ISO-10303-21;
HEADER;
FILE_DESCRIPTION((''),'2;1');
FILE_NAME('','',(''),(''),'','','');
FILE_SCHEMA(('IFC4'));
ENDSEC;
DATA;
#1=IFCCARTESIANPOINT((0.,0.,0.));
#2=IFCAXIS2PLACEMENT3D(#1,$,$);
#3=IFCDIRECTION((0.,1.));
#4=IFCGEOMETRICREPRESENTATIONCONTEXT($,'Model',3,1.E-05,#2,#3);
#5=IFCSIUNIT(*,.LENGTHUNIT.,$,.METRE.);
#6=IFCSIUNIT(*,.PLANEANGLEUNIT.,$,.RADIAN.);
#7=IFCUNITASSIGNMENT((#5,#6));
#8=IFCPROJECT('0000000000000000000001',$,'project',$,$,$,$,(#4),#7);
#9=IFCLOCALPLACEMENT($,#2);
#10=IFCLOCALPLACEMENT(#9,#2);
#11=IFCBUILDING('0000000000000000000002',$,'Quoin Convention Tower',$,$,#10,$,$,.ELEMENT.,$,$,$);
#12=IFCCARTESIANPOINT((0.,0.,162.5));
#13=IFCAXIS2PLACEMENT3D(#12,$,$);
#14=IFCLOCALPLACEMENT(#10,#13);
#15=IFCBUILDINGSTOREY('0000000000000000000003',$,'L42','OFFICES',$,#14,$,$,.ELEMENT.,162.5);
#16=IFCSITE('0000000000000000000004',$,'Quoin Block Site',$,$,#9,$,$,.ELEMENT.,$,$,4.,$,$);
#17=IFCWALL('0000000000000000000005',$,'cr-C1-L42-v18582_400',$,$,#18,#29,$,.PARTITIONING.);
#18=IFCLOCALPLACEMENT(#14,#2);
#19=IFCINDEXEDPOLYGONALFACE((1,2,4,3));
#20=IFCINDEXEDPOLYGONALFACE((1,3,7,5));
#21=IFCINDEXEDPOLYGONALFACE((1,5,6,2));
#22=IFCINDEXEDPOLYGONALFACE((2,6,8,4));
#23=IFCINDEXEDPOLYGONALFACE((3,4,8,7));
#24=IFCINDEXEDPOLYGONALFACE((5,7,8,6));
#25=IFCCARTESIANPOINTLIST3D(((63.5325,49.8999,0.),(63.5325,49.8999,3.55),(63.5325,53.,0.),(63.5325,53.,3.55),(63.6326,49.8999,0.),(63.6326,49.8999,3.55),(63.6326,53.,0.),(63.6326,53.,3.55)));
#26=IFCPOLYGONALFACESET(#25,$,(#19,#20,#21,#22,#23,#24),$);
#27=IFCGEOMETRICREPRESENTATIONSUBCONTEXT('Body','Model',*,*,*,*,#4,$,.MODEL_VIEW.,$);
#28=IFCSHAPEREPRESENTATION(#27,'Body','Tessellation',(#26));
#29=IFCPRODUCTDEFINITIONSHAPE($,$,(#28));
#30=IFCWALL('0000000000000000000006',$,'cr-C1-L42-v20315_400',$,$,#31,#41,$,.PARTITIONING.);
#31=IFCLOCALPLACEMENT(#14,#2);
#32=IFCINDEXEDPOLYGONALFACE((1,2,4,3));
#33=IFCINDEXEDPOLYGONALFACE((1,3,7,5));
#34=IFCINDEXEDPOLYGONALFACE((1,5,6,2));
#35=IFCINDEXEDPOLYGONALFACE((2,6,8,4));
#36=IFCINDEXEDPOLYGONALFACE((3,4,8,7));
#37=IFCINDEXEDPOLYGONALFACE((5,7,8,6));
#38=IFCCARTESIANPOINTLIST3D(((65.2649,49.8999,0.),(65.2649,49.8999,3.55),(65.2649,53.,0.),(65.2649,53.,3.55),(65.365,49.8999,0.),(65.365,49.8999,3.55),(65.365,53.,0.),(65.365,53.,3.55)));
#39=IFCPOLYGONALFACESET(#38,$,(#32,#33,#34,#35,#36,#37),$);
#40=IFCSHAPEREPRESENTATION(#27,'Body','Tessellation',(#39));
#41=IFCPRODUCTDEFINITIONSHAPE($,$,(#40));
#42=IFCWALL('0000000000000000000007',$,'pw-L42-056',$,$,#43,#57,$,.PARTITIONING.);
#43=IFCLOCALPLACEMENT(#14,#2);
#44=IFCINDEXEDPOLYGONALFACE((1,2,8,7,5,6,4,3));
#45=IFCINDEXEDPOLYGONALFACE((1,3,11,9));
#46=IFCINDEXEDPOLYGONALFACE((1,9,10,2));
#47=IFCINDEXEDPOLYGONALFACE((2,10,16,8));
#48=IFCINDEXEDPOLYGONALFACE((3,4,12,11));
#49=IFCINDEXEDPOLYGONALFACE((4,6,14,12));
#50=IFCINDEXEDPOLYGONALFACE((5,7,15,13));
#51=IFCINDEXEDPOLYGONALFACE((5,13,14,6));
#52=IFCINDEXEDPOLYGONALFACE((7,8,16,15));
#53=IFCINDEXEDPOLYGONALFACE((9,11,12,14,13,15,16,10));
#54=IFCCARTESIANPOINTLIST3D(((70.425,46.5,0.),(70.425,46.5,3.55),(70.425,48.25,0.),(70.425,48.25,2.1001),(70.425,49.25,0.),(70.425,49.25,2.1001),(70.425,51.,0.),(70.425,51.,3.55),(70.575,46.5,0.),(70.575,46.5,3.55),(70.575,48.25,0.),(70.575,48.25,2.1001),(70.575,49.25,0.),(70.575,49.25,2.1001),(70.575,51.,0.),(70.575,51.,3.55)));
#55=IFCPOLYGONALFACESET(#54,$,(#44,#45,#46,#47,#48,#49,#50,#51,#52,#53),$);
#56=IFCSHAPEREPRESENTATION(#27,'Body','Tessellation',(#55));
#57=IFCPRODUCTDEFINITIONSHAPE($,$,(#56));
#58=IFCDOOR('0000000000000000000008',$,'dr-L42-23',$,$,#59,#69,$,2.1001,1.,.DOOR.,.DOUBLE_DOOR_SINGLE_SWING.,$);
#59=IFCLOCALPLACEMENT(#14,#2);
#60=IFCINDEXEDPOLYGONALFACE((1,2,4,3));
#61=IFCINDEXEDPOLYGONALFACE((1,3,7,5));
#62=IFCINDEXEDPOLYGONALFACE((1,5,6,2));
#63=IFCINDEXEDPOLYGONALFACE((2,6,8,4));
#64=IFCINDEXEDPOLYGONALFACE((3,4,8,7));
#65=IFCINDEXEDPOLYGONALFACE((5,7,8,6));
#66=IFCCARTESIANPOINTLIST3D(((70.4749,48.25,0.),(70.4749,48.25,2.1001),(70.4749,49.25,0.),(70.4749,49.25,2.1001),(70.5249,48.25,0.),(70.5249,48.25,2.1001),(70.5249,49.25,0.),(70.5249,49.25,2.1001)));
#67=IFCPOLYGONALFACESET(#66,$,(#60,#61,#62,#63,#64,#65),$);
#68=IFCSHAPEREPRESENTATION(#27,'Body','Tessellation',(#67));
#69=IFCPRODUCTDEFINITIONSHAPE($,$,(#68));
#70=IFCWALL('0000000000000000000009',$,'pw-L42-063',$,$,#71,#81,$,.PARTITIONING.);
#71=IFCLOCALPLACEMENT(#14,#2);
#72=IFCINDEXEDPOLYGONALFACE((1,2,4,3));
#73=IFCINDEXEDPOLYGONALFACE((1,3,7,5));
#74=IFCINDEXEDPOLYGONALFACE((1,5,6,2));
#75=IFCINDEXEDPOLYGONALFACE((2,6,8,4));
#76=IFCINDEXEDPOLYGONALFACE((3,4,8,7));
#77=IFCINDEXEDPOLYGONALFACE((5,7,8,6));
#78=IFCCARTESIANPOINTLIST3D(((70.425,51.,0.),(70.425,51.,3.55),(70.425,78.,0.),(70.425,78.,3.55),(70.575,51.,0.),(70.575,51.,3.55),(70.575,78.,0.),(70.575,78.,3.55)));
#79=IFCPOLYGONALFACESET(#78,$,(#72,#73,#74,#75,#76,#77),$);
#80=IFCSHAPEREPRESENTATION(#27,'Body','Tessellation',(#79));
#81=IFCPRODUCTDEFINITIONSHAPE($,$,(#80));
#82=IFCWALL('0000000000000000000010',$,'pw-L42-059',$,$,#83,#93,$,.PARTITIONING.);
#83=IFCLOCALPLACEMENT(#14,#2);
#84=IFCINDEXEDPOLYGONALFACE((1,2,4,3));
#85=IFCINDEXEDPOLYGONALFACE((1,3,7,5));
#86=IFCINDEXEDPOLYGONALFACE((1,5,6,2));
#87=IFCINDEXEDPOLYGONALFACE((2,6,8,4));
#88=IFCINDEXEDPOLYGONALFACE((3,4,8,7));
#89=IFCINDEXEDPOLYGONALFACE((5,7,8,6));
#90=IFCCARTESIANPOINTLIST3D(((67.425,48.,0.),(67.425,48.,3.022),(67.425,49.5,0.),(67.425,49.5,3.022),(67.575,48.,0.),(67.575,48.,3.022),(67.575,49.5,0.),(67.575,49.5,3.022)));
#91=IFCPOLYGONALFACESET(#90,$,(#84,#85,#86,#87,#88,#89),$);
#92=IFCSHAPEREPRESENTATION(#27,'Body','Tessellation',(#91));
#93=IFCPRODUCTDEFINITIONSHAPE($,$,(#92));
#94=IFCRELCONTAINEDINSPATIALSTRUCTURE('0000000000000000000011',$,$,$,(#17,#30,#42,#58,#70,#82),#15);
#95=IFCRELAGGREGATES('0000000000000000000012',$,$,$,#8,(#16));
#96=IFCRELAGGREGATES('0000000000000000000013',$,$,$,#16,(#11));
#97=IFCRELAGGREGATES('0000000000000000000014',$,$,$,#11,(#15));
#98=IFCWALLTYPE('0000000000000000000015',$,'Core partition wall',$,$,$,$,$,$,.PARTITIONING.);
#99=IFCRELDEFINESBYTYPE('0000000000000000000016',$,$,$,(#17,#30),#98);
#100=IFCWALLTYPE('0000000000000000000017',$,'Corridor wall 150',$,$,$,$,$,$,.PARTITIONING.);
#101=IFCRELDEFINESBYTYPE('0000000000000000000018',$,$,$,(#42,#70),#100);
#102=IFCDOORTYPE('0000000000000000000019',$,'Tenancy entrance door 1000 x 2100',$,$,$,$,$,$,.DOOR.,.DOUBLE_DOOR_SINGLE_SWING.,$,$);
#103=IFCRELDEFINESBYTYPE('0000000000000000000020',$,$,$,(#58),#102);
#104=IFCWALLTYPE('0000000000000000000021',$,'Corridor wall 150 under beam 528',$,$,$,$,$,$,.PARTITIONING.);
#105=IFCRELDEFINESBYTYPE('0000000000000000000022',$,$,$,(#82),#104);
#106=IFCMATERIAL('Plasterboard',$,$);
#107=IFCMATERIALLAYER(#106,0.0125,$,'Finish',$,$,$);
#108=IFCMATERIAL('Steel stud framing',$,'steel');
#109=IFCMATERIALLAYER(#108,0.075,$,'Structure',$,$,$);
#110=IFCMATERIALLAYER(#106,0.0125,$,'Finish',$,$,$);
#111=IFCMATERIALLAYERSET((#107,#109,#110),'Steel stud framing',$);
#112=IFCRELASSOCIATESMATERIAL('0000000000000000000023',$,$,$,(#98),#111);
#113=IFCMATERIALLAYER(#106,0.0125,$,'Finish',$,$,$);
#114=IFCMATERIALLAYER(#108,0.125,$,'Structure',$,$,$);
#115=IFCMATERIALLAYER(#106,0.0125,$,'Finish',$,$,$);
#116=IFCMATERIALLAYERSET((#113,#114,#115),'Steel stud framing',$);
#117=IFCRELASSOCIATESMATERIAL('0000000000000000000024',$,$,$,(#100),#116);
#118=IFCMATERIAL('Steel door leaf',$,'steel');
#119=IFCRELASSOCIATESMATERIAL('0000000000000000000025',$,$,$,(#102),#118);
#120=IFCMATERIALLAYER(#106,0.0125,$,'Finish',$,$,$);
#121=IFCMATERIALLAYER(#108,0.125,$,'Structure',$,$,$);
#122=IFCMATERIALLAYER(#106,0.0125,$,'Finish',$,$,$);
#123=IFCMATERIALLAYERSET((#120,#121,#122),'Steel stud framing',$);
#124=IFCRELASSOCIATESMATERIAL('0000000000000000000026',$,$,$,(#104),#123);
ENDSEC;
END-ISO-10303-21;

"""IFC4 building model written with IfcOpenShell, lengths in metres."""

from ifc_helpers import new_model, si_unit, direction, frame, frame_2d, origin, place, context, subcontext, project, spatial, rectangle, extrude, material, layer, layer_set, type_object, element, fill, save


model = new_model("IFC4")

# Units and contexts
model_context = context("Model", 3, precision=1e-05, world=origin(), true_north=direction((0.0, 1.0)))
body_context = subcontext(model_context, "Body", "Model", "MODEL_VIEW")
ifc_project = project(units=[si_unit("LENGTHUNIT", "METRE"), si_unit("PLANEANGLEUNIT", "RADIAN")], contexts=[model_context])

# Site, building, storey
site_placement = place(None, origin())
site = spatial("IfcSite", under=ifc_project, at=site_placement, Name="Quoin Block Site", CompositionType="ELEMENT", RefElevation=4.0)
building_placement = place(site_placement, origin())
building = spatial("IfcBuilding", under=site, at=building_placement, Name="Quoin Convention Tower", CompositionType="ELEMENT")
storey_placement = place(building_placement, frame((0.0, 0.0, 162.5)))
storey = spatial("IfcBuildingStorey", under=building, at=storey_placement, Name="L42", Description="OFFICES", CompositionType="ELEMENT", Elevation=162.5)

# Walls
ifc_material_1 = material(Name="Plasterboard")
ifc_layer_1 = layer(ifc_material_1, 0.0125, Name="Finish")
ifc_material_2 = material(Name="Steel stud framing", Category="steel")
ifc_layer_2 = layer(ifc_material_2, 0.075, Name="Structure")
ifc_layer_3 = layer(ifc_material_1, 0.0125, Name="Finish")
ifc_layer_set_1 = layer_set([ifc_layer_1, ifc_layer_2, ifc_layer_3], Name="Steel stud framing")
wall_type_1 = type_object("IfcWallType", Name="Core partition wall", PredefinedType="PARTITIONING", material=ifc_layer_set_1)
for number, where, z_axis, x_axis, name in (
    (1, (63.5825, 49.8999, 0.0), (0.0, 0.0, 1.0), (0.0, 1.0, 0.0), "cr-C1-L42-v18582_400"),
    (2, (65.3149, 49.8999, 0.0), (0.0, 0.0, 1.0), (0.0, 1.0, 0.0), "cr-C1-L42-v20315_400"),
):
    element("IfcWall", number, at=place(storey_placement, frame(where, z_axis=z_axis, x_axis=x_axis)), inside=storey, type_object=wall_type_1, Name=name, PredefinedType="PARTITIONING", context=body_context, shape_type="SweptSolid", body=[
        extrude(rectangle(XDim=3.1001, YDim=0.1001, at=frame_2d((1.55, 0.0))), origin(), (0.0, 0.0, 1.0), 3.55),
    ])

# Wall, opening, door
ifc_layer_4 = layer(ifc_material_1, 0.0125, Name="Finish")
ifc_layer_5 = layer(ifc_material_2, 0.125, Name="Structure")
ifc_layer_6 = layer(ifc_material_1, 0.0125, Name="Finish")
ifc_layer_set_2 = layer_set([ifc_layer_4, ifc_layer_5, ifc_layer_6], Name="Steel stud framing")
wall_type_2 = type_object("IfcWallType", Name="Corridor wall 150", PredefinedType="PARTITIONING", material=ifc_layer_set_2)
wall_1_placement = place(storey_placement, frame((70.5, 46.5, 0.0), z_axis=(0.0, 0.0, 1.0), x_axis=(0.0, 1.0, 0.0)))
wall_1 = element("IfcWall", 3, at=wall_1_placement, inside=storey, type_object=wall_type_2, Name="pw-L42-056", PredefinedType="PARTITIONING", context=body_context, shape_type="SweptSolid", body=[
    extrude(rectangle(XDim=4.5, YDim=0.1499, at=frame_2d((2.25, 0.0))), origin(), (0.0, 0.0, 1.0), 3.55),
])
opening_1_placement = place(wall_1_placement, frame((1.75, 0.0, 0.0)))
opening_1 = element("IfcOpeningElement", 4, at=opening_1_placement, cuts=wall_1, PredefinedType="OPENING", context=body_context, shape_type="SweptSolid", body=[
    extrude(rectangle(XDim=1.0, YDim=2.1001, at=frame_2d((0.5, 1.05))), frame((0.0, 0.085, 0.0), z_axis=(0.0, -1.0, 0.0), x_axis=(1.0, 0.0, 0.0)), (0.0, 0.0, 1.0), 0.1699),
])
ifc_material_3 = material(Name="Steel door leaf", Category="steel")
door_type_1 = type_object("IfcDoorType", Name="Tenancy entrance door 1000 x 2100", OperationType="DOUBLE_DOOR_SINGLE_SWING", PredefinedType="DOOR", material=ifc_material_3)
door_1_placement = place(opening_1_placement, frame((1.0, 0.0, 0.0), z_axis=(0.0, 0.0, 1.0), x_axis=(-1.0, 0.0, 0.0)))
door_1 = element("IfcDoor", 5, at=door_1_placement, inside=storey, type_object=door_type_1, Name="dr-L42-23", OperationType="DOUBLE_DOOR_SINGLE_SWING", OverallHeight=2.1001, OverallWidth=1.0, PredefinedType="DOOR", context=body_context, shape_type="SweptSolid", body=[
    extrude(rectangle(XDim=1.0, YDim=2.1001, at=frame_2d((0.5, 1.05))), frame((0.0, 0.0249, 0.0), z_axis=(0.0, -1.0, 0.0), x_axis=(1.0, 0.0, 0.0)), (0.0, 0.0, 1.0), 0.05),
])
fill(opening_1, door_1)

# Walls
wall_2_placement = place(storey_placement, frame((70.5, 51.0, 0.0), z_axis=(0.0, 0.0, 1.0), x_axis=(0.0, 1.0, 0.0)))
element("IfcWall", 6, at=wall_2_placement, inside=storey, type_object=wall_type_2, Name="pw-L42-063", PredefinedType="PARTITIONING", context=body_context, shape_type="SweptSolid", body=[
    extrude(rectangle(XDim=27.0, YDim=0.1499, at=frame_2d((13.5, 0.0))), origin(), (0.0, 0.0, 1.0), 3.55),
])
ifc_layer_7 = layer(ifc_material_1, 0.0125, Name="Finish")
ifc_layer_8 = layer(ifc_material_2, 0.125, Name="Structure")
ifc_layer_9 = layer(ifc_material_1, 0.0125, Name="Finish")
ifc_layer_set_3 = layer_set([ifc_layer_7, ifc_layer_8, ifc_layer_9], Name="Steel stud framing")
wall_type_3 = type_object("IfcWallType", Name="Corridor wall 150 under beam 528", PredefinedType="PARTITIONING", material=ifc_layer_set_3)
wall_3_placement = place(storey_placement, frame((67.5, 48.0, 0.0), z_axis=(0.0, 0.0, 1.0), x_axis=(0.0, 1.0, 0.0)))
element("IfcWall", 7, at=wall_3_placement, inside=storey, type_object=wall_type_3, Name="pw-L42-059", PredefinedType="PARTITIONING", context=body_context, shape_type="SweptSolid", body=[
    extrude(rectangle(XDim=1.5, YDim=0.1499, at=frame_2d((0.75, 0.0))), origin(), (0.0, 0.0, 1.0), 3.022),
])

save(model, "model.ifc")
